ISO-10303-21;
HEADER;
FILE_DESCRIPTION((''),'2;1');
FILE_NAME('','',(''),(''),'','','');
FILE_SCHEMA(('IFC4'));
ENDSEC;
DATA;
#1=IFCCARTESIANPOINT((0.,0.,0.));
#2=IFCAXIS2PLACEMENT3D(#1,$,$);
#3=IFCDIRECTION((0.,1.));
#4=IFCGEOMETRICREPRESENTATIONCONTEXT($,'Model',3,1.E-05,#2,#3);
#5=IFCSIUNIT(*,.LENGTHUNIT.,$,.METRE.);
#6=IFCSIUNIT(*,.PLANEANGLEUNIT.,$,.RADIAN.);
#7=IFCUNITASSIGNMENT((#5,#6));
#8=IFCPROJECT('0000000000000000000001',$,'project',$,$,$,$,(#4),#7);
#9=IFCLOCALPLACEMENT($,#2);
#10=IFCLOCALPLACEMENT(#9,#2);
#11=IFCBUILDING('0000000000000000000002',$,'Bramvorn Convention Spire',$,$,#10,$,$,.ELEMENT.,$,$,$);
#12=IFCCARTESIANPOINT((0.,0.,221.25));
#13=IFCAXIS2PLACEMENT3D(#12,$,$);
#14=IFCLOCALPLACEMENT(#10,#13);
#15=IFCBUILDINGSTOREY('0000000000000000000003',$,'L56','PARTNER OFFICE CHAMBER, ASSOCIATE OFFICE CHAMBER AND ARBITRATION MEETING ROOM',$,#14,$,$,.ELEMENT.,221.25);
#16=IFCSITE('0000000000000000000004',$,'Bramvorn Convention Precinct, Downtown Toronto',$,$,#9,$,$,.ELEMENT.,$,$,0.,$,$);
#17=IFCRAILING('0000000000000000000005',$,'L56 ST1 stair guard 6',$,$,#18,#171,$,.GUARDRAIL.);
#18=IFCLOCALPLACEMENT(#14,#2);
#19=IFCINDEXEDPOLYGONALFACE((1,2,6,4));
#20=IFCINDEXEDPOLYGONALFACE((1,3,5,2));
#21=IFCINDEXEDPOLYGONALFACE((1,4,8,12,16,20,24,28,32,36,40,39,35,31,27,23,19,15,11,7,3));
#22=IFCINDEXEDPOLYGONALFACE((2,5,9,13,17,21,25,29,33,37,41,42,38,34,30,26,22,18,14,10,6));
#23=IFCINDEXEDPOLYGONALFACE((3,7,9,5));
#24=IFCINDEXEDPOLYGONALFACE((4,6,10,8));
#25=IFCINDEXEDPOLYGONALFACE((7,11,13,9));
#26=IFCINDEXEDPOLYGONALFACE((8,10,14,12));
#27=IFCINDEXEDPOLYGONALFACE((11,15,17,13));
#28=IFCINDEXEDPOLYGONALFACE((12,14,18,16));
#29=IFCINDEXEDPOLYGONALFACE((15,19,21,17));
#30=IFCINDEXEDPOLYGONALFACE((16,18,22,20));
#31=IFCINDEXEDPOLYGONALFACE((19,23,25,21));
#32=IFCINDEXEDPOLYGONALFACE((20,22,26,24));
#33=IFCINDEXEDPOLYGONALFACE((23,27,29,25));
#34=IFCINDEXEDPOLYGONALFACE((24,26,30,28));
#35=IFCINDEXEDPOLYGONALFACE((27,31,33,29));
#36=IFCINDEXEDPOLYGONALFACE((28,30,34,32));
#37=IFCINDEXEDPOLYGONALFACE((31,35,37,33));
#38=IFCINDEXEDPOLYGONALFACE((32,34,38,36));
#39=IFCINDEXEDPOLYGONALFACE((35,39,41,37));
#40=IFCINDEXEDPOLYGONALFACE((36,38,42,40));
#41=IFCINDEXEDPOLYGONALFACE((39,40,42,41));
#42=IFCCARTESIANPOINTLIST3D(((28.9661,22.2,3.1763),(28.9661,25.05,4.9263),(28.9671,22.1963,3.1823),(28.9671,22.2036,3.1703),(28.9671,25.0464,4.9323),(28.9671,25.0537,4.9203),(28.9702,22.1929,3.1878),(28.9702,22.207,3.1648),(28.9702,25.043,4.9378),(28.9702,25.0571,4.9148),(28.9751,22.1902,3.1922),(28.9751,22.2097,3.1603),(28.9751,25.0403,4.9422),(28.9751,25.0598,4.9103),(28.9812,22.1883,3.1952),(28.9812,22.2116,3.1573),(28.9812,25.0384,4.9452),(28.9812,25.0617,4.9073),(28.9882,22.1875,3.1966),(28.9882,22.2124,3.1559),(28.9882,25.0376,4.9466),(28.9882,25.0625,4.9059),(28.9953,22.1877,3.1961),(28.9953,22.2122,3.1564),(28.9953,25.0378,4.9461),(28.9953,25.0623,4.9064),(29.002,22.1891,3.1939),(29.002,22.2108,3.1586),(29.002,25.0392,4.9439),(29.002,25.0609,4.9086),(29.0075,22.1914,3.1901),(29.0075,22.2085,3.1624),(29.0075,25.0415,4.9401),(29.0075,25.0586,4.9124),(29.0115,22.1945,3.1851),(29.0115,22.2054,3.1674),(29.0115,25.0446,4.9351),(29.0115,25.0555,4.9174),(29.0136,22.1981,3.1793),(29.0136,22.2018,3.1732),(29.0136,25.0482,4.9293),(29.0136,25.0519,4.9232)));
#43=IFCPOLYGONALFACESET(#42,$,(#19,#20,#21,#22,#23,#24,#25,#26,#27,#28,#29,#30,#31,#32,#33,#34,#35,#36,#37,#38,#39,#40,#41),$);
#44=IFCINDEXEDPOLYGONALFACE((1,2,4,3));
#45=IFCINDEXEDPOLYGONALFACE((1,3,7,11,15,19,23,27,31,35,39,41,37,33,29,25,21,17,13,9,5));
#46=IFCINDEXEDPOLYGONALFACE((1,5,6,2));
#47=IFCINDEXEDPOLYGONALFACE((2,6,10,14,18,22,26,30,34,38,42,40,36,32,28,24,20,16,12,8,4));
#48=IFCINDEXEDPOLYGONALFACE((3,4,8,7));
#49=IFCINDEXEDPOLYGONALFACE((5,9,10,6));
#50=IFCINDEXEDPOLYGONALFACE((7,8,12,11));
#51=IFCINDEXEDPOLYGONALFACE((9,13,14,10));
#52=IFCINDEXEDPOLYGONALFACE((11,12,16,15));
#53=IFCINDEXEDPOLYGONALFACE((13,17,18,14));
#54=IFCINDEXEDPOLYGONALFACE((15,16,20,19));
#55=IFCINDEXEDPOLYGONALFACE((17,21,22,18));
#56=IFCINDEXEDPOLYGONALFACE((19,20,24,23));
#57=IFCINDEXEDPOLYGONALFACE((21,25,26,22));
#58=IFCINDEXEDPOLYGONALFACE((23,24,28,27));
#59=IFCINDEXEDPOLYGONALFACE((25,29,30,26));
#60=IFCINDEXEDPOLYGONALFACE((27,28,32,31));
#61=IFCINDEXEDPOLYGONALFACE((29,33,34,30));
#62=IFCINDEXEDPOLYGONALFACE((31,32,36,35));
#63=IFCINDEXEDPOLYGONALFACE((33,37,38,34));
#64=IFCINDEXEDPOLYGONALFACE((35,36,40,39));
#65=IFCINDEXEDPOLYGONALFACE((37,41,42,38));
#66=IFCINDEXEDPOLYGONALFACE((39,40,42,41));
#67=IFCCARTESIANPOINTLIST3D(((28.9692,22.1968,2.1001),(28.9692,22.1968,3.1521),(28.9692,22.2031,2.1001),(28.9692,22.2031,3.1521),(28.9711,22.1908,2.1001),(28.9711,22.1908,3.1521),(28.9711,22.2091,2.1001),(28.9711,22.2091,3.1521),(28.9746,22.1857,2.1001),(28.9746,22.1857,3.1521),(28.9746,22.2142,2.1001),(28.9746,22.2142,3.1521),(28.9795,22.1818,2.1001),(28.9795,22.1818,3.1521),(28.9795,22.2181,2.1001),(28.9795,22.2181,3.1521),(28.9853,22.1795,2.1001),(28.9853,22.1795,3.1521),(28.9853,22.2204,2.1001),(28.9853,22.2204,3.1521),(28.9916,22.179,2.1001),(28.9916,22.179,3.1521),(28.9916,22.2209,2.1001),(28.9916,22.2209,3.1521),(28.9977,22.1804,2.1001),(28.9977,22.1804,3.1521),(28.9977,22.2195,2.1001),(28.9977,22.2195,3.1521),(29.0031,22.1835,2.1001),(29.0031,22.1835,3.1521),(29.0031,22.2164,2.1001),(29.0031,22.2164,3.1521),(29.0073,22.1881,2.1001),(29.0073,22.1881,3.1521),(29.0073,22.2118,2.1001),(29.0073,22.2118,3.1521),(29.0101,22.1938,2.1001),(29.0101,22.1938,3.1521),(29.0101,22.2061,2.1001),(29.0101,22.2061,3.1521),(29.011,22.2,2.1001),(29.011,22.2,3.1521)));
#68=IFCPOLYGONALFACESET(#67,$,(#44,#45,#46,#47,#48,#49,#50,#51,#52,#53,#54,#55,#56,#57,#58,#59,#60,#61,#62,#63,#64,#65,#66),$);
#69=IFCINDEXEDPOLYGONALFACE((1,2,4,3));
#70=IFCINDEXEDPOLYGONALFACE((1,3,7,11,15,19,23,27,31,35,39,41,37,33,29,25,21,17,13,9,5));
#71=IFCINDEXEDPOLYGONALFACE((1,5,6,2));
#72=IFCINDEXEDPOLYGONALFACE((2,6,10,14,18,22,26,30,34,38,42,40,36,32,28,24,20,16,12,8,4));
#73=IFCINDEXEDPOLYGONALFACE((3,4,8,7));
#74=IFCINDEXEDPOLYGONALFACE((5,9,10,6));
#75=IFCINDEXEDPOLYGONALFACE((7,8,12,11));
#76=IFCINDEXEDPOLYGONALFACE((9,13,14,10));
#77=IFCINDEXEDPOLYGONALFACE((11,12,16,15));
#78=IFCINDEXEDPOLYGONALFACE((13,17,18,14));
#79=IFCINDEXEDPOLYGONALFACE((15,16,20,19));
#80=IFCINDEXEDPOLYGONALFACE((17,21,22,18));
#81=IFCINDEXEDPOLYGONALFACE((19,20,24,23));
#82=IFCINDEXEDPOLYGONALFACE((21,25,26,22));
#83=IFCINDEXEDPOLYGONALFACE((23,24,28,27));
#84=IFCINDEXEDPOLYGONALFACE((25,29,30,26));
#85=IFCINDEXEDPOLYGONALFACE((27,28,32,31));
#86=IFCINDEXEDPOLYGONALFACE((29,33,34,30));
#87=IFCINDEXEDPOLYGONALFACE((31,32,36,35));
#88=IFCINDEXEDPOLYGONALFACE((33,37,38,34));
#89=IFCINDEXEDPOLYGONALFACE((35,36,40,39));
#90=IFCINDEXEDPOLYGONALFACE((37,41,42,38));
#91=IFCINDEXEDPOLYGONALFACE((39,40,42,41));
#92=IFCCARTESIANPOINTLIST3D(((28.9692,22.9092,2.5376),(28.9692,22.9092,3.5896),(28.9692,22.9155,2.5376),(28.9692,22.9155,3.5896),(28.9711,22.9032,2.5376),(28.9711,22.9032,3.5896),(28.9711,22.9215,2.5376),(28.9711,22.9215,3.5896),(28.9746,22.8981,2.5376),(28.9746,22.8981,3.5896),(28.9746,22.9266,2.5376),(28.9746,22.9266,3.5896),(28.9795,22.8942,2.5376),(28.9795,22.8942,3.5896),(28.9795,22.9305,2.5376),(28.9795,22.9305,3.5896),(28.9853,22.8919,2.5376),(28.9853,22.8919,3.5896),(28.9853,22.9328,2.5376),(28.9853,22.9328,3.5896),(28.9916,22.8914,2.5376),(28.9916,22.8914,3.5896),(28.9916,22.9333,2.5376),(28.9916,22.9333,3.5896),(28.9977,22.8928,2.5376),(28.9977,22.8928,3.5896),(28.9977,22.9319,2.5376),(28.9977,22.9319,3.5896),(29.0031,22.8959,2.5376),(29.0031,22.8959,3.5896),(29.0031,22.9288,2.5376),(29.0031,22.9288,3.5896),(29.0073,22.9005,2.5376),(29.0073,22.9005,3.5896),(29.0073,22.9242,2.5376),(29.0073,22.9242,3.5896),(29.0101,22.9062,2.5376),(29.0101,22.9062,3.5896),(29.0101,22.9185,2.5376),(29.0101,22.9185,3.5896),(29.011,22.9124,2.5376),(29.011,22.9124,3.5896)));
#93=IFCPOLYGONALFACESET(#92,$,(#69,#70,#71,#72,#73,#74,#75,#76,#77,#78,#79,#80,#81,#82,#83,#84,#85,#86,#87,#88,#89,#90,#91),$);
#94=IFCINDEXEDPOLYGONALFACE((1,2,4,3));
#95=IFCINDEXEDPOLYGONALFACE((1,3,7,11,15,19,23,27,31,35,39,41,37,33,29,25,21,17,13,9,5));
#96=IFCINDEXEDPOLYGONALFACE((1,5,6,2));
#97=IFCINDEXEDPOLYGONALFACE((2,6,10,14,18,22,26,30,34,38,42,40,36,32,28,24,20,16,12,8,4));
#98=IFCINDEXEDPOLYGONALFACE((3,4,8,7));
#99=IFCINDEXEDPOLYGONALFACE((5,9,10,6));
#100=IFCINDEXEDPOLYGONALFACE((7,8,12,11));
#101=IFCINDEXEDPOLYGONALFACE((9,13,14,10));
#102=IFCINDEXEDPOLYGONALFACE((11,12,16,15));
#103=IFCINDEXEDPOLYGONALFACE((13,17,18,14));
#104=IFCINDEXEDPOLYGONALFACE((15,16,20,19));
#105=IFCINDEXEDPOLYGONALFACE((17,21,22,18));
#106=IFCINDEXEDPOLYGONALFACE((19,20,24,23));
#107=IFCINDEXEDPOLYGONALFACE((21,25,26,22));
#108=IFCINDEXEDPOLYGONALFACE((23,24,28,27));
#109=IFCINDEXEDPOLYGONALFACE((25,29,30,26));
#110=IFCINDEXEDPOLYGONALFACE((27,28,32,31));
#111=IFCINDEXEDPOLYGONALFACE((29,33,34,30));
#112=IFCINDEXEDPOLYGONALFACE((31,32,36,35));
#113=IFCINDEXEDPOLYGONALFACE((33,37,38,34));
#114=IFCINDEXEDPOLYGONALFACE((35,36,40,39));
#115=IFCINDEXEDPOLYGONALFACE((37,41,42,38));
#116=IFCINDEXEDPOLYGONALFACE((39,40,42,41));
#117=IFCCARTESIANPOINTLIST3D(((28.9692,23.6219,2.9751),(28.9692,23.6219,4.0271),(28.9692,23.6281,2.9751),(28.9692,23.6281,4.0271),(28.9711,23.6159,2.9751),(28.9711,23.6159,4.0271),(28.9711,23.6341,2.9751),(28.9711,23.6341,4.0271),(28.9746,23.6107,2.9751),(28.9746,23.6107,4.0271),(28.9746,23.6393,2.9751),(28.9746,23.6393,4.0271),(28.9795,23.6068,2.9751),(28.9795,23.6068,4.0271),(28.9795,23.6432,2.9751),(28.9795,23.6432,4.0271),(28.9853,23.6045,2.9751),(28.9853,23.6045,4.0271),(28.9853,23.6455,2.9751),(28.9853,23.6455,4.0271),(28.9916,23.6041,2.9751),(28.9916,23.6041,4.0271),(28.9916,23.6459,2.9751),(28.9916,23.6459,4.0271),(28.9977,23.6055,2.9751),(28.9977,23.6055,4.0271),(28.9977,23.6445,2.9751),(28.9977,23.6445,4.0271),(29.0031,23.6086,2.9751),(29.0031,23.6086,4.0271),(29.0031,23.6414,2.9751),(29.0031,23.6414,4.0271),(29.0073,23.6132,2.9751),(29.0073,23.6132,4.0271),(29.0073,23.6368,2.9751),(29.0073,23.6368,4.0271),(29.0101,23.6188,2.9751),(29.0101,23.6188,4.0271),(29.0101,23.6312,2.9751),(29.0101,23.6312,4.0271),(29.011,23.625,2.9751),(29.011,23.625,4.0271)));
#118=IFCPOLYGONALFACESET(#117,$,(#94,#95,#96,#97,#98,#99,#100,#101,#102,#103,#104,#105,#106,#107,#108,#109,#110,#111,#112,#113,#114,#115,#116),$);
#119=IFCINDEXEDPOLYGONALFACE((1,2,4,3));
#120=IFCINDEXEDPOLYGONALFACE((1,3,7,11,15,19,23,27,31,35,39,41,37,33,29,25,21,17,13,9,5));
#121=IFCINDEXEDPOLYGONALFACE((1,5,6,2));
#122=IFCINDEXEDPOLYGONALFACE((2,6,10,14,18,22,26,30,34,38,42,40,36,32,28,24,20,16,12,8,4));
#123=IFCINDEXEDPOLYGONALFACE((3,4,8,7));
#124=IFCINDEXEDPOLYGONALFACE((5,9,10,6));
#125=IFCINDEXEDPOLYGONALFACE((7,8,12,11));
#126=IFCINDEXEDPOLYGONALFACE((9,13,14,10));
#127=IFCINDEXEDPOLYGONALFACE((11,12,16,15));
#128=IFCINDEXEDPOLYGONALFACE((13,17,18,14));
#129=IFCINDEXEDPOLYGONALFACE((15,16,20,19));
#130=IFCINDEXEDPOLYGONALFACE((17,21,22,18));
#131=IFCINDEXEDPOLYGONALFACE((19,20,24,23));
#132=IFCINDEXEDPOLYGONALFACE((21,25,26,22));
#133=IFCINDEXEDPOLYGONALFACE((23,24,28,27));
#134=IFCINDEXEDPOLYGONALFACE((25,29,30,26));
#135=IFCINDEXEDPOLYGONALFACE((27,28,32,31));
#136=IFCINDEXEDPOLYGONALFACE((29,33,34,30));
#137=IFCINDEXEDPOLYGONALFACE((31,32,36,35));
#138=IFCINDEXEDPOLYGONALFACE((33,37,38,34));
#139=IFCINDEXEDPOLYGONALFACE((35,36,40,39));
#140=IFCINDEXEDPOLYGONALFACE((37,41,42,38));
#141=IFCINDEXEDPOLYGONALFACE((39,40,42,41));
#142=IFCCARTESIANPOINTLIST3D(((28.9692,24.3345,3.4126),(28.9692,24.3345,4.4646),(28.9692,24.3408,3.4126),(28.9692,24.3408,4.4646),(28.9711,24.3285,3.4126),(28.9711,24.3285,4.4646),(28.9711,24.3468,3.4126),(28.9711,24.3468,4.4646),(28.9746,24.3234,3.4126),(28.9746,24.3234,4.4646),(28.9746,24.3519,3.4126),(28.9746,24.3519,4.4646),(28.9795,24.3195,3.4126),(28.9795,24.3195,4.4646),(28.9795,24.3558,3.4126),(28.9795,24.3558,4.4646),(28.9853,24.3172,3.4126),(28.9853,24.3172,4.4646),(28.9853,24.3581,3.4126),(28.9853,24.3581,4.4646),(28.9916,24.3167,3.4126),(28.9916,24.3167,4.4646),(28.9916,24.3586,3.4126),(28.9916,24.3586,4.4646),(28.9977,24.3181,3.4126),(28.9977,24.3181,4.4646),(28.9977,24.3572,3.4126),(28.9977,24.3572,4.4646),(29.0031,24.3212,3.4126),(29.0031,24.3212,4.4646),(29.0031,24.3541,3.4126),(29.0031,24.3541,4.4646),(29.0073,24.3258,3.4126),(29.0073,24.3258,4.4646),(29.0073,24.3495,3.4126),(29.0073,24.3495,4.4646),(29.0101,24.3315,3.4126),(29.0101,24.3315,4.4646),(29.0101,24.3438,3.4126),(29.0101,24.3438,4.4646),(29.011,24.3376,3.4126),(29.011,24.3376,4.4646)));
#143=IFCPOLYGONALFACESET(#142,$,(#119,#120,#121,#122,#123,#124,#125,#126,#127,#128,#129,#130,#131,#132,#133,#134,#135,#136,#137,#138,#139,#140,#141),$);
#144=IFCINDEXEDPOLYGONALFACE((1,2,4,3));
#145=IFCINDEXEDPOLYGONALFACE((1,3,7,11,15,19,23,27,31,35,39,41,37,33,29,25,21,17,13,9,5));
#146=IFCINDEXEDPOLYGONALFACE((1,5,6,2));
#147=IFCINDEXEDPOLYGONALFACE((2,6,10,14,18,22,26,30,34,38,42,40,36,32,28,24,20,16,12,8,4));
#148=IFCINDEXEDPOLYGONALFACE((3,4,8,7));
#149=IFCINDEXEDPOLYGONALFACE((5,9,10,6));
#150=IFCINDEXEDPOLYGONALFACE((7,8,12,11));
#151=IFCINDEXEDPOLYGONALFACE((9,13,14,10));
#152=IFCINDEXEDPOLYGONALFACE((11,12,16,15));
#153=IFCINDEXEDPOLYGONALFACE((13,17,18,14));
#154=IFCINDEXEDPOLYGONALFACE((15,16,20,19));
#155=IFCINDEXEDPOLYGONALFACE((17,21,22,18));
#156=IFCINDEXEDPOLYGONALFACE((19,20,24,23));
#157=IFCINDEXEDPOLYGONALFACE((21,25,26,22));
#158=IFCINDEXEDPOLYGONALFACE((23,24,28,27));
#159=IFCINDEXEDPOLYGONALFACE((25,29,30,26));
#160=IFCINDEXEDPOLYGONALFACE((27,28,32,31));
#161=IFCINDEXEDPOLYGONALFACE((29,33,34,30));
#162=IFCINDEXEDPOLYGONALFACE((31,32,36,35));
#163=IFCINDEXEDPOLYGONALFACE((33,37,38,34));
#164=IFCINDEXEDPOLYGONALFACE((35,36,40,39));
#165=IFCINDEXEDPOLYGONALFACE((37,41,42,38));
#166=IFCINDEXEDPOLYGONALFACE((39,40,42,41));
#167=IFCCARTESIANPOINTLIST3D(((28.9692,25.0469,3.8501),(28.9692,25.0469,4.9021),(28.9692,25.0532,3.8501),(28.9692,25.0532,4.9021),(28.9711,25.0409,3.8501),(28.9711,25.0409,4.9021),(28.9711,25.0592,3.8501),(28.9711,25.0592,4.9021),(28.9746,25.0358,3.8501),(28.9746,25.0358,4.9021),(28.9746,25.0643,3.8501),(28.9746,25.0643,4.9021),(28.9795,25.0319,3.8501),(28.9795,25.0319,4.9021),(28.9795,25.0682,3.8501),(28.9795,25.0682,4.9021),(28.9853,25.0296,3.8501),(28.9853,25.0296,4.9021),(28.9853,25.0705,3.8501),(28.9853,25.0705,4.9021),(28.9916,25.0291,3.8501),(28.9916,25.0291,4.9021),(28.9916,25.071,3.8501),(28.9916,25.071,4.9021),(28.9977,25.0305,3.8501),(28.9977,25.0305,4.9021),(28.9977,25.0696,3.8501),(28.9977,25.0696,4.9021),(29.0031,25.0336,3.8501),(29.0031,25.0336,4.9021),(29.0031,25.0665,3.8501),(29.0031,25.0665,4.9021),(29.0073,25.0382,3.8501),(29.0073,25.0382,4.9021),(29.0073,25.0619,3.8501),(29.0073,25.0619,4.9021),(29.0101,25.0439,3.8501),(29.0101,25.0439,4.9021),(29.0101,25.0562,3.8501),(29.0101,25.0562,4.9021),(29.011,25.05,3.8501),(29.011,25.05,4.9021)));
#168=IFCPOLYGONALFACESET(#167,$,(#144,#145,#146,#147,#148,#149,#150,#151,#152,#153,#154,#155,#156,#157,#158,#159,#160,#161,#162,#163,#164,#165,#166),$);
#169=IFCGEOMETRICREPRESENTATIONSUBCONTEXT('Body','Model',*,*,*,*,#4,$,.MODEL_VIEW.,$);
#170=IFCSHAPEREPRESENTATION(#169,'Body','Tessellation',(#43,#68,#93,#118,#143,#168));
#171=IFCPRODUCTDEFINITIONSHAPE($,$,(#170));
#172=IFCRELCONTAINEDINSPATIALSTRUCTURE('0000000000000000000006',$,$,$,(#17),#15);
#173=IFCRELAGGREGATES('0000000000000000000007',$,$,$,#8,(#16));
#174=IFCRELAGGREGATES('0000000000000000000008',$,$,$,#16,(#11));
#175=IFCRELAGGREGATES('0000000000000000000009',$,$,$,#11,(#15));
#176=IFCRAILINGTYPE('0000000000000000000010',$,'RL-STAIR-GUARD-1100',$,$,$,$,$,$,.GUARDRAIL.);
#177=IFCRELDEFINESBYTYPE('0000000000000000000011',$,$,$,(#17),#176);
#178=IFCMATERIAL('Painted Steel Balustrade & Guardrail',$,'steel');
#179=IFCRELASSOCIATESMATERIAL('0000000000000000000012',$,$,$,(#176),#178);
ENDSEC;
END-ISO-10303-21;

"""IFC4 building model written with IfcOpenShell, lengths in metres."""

from ifc_helpers import new_model, si_unit, direction, frame, origin, origin_2d, place, context, subcontext, project, spatial, circle, extrude, material, type_object, element, save


model = new_model("IFC4")

# Units and contexts
model_context = context("Model", 3, precision=1e-05, world=origin(), true_north=direction((0.0, 1.0)))
body_context = subcontext(model_context, "Body", "Model", "MODEL_VIEW")
ifc_project = project(units=[si_unit("LENGTHUNIT", "METRE"), si_unit("PLANEANGLEUNIT", "RADIAN")], contexts=[model_context])

# Site, building, storey
site_placement = place(None, origin())
site = spatial("IfcSite", under=ifc_project, at=site_placement, Name="Bramvorn Convention Precinct, Downtown Toronto", CompositionType="ELEMENT", RefElevation=0.0)
building_placement = place(site_placement, origin())
building = spatial("IfcBuilding", under=site, at=building_placement, Name="Bramvorn Convention Spire", CompositionType="ELEMENT")
storey_placement = place(building_placement, frame((0.0, 0.0, 221.25)))
storey = spatial("IfcBuildingStorey", under=building, at=storey_placement, Name="L56", Description="PARTNER OFFICE CHAMBER, ASSOCIATE OFFICE CHAMBER AND ARBITRATION MEETING ROOM", CompositionType="ELEMENT", Elevation=221.25)

# Railing
ifc_material_1 = material(Name="Painted Steel Balustrade & Guardrail", Category="steel")
railing_type_1 = type_object("IfcRailingType", Name="RL-STAIR-GUARD-1100", PredefinedType="GUARDRAIL", material=ifc_material_1)
railing_1_placement = place(storey_placement, frame((28.99, 22.2, 2.1001)))
element("IfcRailing", 1, at=railing_1_placement, inside=storey, type_object=railing_type_1, Name="L56 ST1 stair guard 6", PredefinedType="GUARDRAIL", context=body_context, shape_type="SweptSolid", body=[
    extrude(circle(Radius=0.0239, at=origin_2d()), frame((0.0, 0.0, 1.0762), z_axis=(0.0, 0.852179, 0.52325), x_axis=(-1.0, 0.0, 0.0)), (0.0, 0.0, 1.0), 3.3445),
    extrude(circle(Radius=0.021, at=origin_2d()), origin(), (0.0, 0.0, 1.0), 1.052),
    extrude(circle(Radius=0.021, at=origin_2d()), frame((0.0, 0.7124, 0.4375)), (0.0, 0.0, 1.0), 1.052),
    extrude(circle(Radius=0.021, at=origin_2d()), frame((0.0, 1.425, 0.875)), (0.0, 0.0, 1.0), 1.052),
    extrude(circle(Radius=0.021, at=origin_2d()), frame((0.0, 2.1377, 1.3125)), (0.0, 0.0, 1.0), 1.052),
    extrude(circle(Radius=0.021, at=origin_2d()), frame((0.0, 2.8501, 1.75)), (0.0, 0.0, 1.0), 1.052),
])

save(model, "model.ifc")
